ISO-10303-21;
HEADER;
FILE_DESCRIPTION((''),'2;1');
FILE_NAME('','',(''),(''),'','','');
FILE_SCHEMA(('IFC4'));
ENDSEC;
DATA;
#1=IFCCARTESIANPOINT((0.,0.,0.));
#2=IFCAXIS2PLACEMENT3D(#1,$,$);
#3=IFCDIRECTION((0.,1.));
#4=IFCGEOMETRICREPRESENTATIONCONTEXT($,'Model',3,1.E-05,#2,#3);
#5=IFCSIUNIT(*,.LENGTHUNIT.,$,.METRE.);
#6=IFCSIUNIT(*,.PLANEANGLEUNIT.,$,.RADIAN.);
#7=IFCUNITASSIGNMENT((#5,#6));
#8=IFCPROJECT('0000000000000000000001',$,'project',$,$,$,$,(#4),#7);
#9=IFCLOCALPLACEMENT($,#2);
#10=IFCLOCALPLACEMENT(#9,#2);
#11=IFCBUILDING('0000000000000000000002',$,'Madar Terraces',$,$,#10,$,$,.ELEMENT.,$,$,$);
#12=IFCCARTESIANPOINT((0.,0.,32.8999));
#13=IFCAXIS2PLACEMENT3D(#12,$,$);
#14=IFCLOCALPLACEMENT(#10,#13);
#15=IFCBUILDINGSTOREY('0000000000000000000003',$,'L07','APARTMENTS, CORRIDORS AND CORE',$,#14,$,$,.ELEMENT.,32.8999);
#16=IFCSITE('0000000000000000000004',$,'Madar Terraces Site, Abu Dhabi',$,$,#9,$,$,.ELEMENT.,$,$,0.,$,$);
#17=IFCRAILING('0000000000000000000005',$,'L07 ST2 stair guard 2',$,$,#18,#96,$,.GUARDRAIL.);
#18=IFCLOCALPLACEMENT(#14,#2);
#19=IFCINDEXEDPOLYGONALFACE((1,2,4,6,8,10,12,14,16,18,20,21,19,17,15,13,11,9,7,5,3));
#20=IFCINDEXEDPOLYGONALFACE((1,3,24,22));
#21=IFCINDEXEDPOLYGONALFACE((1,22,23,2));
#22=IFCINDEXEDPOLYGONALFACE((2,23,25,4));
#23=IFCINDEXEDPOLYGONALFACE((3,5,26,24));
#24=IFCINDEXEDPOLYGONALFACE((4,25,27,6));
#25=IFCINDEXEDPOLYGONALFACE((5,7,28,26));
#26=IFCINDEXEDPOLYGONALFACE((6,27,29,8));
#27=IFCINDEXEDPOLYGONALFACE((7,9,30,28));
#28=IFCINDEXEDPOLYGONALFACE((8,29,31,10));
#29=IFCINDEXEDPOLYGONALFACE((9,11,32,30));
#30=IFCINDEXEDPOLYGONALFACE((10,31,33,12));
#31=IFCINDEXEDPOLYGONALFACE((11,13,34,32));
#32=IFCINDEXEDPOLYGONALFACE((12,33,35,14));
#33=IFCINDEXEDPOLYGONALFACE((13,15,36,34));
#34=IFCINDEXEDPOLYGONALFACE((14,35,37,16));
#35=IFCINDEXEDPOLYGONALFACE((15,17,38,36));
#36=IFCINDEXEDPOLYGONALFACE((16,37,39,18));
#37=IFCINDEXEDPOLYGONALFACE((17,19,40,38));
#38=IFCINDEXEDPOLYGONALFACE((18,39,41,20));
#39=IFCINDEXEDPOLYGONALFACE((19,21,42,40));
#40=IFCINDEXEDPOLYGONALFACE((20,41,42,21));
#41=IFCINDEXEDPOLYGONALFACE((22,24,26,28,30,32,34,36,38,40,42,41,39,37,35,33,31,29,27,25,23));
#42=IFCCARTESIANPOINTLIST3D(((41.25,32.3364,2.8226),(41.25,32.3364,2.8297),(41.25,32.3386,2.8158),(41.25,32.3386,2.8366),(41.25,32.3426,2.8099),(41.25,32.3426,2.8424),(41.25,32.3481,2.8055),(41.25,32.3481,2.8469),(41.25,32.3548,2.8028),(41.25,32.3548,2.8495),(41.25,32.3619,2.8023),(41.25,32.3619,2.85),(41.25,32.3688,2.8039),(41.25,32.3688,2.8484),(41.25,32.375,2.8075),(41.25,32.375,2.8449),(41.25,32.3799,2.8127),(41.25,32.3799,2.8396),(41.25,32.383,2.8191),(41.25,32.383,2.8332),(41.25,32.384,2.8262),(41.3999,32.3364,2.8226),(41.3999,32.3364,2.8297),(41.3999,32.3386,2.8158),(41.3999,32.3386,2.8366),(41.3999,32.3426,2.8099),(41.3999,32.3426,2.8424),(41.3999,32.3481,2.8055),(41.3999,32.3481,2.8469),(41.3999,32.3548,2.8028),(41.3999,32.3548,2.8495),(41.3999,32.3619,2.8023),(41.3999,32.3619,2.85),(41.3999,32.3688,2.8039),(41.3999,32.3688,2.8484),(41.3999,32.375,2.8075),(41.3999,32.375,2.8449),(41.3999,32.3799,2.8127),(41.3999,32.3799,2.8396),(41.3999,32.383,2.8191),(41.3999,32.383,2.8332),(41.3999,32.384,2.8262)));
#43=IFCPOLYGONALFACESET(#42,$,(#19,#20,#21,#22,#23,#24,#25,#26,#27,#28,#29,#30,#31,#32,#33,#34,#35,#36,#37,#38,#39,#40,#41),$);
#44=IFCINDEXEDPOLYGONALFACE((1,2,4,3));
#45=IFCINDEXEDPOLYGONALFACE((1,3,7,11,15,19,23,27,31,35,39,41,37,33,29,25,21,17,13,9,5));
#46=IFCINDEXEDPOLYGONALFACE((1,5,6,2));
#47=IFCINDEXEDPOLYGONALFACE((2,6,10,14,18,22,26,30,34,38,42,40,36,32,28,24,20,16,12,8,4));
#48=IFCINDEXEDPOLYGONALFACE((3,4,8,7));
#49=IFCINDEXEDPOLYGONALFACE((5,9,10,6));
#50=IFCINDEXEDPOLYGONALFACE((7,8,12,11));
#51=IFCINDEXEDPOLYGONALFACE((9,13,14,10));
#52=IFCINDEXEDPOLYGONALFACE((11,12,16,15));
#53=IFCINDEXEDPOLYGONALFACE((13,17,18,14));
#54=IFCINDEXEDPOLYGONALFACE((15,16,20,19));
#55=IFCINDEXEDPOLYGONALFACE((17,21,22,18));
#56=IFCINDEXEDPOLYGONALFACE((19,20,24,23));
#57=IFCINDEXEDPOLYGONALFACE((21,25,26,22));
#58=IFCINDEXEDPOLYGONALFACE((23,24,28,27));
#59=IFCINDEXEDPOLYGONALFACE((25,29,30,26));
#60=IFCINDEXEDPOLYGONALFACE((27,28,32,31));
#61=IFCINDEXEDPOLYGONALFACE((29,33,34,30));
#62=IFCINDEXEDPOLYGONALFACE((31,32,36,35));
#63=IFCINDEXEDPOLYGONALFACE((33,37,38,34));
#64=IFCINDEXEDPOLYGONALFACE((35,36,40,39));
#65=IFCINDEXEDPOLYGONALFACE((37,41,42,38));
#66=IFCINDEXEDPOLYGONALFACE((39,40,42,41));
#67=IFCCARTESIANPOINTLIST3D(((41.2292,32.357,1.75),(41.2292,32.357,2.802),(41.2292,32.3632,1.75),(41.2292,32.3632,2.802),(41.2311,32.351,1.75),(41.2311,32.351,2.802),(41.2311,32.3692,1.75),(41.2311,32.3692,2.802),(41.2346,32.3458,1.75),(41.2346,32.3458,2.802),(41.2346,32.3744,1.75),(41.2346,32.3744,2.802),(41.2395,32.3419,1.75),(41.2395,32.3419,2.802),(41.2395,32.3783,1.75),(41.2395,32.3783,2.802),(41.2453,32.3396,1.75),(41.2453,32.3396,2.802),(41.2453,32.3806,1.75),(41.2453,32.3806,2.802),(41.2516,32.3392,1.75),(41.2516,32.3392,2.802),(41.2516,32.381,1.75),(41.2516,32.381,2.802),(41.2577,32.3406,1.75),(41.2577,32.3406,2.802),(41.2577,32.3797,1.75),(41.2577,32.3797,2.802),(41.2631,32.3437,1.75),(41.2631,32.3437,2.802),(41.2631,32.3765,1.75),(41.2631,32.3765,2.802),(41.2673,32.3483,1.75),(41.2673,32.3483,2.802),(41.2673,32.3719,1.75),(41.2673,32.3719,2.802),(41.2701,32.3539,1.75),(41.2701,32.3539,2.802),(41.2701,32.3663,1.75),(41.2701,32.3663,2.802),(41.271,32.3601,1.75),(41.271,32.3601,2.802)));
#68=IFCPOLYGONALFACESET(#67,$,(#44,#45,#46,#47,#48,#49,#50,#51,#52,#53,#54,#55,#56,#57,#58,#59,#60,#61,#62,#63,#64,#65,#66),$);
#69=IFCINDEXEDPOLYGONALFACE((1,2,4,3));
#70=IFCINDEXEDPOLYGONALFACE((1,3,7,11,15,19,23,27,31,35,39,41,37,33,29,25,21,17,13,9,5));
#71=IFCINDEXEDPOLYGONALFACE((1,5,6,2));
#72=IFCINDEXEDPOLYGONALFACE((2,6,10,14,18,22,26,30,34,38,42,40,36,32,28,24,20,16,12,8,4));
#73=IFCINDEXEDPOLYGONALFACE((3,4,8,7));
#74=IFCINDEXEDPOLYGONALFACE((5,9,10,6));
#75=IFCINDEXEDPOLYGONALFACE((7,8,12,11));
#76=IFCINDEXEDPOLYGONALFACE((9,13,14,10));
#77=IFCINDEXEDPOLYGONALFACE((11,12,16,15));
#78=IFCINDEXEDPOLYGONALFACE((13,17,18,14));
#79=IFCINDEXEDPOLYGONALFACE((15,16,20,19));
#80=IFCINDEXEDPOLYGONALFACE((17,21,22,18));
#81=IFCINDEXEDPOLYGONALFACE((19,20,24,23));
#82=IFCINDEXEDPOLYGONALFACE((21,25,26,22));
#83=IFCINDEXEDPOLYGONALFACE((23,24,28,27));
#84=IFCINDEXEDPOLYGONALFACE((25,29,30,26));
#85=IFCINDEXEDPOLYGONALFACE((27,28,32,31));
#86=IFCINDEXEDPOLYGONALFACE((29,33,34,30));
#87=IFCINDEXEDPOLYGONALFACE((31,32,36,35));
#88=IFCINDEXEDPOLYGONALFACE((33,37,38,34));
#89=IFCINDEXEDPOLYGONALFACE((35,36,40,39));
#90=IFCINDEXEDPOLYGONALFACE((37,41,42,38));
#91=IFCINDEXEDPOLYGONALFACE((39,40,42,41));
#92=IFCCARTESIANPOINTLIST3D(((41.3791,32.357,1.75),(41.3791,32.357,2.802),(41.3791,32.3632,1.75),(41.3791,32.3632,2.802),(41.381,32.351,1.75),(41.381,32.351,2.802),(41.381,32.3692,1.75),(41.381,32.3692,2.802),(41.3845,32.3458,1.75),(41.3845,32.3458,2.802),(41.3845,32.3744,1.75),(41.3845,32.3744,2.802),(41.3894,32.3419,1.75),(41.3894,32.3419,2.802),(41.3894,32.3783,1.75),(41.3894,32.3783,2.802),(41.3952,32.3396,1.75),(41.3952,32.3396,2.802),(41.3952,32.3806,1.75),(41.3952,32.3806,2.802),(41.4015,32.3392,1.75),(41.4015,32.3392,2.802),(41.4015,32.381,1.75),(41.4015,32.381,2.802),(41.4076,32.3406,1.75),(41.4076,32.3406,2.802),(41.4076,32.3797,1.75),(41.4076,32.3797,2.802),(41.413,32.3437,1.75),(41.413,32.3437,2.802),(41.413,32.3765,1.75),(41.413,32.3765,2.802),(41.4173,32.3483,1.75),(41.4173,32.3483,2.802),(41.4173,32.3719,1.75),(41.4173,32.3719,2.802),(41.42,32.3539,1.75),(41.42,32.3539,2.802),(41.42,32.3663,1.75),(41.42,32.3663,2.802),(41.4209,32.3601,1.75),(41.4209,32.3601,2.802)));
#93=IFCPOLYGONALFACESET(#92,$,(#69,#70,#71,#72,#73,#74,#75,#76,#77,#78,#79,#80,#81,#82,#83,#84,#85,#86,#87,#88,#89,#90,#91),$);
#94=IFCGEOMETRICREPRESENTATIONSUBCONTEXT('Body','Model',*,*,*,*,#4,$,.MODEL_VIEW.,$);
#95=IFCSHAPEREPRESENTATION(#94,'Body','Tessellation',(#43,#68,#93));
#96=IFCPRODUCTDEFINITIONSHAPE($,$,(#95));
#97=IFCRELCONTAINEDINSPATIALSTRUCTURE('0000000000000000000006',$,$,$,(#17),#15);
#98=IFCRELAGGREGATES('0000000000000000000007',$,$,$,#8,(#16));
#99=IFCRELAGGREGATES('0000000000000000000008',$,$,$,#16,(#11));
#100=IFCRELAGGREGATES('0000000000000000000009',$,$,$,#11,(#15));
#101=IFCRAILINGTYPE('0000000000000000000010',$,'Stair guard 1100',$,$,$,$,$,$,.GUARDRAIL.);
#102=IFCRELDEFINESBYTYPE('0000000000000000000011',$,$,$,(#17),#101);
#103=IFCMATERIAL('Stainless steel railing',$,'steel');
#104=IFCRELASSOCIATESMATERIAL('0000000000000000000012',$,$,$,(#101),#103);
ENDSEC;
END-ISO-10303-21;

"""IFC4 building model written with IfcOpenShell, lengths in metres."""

from ifc_helpers import new_model, si_unit, direction, frame, origin, origin_2d, place, context, subcontext, project, spatial, circle, extrude, material, type_object, element, save


model = new_model("IFC4")

# Units and contexts
model_context = context("Model", 3, precision=1e-05, world=origin(), true_north=direction((0.0, 1.0)))
body_context = subcontext(model_context, "Body", "Model", "MODEL_VIEW")
ifc_project = project(units=[si_unit("LENGTHUNIT", "METRE"), si_unit("PLANEANGLEUNIT", "RADIAN")], contexts=[model_context])

# Site, building, storey
site_placement = place(None, origin())
site = spatial("IfcSite", under=ifc_project, at=site_placement, Name="Madar Terraces Site, Abu Dhabi", CompositionType="ELEMENT", RefElevation=0.0)
building_placement = place(site_placement, origin())
building = spatial("IfcBuilding", under=site, at=building_placement, Name="Madar Terraces", CompositionType="ELEMENT")
storey_placement = place(building_placement, frame((0.0, 0.0, 32.8999)))
storey = spatial("IfcBuildingStorey", under=building, at=storey_placement, Name="L07", Description="APARTMENTS, CORRIDORS AND CORE", CompositionType="ELEMENT", Elevation=32.8999)

# Railing
ifc_material_1 = material(Name="Stainless steel railing", Category="steel")
railing_type_1 = type_object("IfcRailingType", Name="Stair guard 1100", PredefinedType="GUARDRAIL", material=ifc_material_1)
railing_1_placement = place(storey_placement, frame((41.25, 32.3601, 1.75)))
element("IfcRailing", 1, at=railing_1_placement, inside=storey, type_object=railing_type_1, Name="L07 ST2 stair guard 2", PredefinedType="GUARDRAIL", context=body_context, shape_type="SweptSolid", body=[
    extrude(circle(Radius=0.0239, at=origin_2d()), frame((0.0, 0.0, 1.0762), z_axis=(1.0, 0.0, 0.0), x_axis=(0.0, 1.0, 0.0)), (0.0, 0.0, 1.0), 0.1499),
    extrude(circle(Radius=0.021, at=origin_2d()), origin(), (0.0, 0.0, 1.0), 1.052),
    extrude(circle(Radius=0.021, at=origin_2d()), frame((0.1499, 0.0, 0.0)), (0.0, 0.0, 1.0), 1.052),
])

save(model, "model.ifc")
